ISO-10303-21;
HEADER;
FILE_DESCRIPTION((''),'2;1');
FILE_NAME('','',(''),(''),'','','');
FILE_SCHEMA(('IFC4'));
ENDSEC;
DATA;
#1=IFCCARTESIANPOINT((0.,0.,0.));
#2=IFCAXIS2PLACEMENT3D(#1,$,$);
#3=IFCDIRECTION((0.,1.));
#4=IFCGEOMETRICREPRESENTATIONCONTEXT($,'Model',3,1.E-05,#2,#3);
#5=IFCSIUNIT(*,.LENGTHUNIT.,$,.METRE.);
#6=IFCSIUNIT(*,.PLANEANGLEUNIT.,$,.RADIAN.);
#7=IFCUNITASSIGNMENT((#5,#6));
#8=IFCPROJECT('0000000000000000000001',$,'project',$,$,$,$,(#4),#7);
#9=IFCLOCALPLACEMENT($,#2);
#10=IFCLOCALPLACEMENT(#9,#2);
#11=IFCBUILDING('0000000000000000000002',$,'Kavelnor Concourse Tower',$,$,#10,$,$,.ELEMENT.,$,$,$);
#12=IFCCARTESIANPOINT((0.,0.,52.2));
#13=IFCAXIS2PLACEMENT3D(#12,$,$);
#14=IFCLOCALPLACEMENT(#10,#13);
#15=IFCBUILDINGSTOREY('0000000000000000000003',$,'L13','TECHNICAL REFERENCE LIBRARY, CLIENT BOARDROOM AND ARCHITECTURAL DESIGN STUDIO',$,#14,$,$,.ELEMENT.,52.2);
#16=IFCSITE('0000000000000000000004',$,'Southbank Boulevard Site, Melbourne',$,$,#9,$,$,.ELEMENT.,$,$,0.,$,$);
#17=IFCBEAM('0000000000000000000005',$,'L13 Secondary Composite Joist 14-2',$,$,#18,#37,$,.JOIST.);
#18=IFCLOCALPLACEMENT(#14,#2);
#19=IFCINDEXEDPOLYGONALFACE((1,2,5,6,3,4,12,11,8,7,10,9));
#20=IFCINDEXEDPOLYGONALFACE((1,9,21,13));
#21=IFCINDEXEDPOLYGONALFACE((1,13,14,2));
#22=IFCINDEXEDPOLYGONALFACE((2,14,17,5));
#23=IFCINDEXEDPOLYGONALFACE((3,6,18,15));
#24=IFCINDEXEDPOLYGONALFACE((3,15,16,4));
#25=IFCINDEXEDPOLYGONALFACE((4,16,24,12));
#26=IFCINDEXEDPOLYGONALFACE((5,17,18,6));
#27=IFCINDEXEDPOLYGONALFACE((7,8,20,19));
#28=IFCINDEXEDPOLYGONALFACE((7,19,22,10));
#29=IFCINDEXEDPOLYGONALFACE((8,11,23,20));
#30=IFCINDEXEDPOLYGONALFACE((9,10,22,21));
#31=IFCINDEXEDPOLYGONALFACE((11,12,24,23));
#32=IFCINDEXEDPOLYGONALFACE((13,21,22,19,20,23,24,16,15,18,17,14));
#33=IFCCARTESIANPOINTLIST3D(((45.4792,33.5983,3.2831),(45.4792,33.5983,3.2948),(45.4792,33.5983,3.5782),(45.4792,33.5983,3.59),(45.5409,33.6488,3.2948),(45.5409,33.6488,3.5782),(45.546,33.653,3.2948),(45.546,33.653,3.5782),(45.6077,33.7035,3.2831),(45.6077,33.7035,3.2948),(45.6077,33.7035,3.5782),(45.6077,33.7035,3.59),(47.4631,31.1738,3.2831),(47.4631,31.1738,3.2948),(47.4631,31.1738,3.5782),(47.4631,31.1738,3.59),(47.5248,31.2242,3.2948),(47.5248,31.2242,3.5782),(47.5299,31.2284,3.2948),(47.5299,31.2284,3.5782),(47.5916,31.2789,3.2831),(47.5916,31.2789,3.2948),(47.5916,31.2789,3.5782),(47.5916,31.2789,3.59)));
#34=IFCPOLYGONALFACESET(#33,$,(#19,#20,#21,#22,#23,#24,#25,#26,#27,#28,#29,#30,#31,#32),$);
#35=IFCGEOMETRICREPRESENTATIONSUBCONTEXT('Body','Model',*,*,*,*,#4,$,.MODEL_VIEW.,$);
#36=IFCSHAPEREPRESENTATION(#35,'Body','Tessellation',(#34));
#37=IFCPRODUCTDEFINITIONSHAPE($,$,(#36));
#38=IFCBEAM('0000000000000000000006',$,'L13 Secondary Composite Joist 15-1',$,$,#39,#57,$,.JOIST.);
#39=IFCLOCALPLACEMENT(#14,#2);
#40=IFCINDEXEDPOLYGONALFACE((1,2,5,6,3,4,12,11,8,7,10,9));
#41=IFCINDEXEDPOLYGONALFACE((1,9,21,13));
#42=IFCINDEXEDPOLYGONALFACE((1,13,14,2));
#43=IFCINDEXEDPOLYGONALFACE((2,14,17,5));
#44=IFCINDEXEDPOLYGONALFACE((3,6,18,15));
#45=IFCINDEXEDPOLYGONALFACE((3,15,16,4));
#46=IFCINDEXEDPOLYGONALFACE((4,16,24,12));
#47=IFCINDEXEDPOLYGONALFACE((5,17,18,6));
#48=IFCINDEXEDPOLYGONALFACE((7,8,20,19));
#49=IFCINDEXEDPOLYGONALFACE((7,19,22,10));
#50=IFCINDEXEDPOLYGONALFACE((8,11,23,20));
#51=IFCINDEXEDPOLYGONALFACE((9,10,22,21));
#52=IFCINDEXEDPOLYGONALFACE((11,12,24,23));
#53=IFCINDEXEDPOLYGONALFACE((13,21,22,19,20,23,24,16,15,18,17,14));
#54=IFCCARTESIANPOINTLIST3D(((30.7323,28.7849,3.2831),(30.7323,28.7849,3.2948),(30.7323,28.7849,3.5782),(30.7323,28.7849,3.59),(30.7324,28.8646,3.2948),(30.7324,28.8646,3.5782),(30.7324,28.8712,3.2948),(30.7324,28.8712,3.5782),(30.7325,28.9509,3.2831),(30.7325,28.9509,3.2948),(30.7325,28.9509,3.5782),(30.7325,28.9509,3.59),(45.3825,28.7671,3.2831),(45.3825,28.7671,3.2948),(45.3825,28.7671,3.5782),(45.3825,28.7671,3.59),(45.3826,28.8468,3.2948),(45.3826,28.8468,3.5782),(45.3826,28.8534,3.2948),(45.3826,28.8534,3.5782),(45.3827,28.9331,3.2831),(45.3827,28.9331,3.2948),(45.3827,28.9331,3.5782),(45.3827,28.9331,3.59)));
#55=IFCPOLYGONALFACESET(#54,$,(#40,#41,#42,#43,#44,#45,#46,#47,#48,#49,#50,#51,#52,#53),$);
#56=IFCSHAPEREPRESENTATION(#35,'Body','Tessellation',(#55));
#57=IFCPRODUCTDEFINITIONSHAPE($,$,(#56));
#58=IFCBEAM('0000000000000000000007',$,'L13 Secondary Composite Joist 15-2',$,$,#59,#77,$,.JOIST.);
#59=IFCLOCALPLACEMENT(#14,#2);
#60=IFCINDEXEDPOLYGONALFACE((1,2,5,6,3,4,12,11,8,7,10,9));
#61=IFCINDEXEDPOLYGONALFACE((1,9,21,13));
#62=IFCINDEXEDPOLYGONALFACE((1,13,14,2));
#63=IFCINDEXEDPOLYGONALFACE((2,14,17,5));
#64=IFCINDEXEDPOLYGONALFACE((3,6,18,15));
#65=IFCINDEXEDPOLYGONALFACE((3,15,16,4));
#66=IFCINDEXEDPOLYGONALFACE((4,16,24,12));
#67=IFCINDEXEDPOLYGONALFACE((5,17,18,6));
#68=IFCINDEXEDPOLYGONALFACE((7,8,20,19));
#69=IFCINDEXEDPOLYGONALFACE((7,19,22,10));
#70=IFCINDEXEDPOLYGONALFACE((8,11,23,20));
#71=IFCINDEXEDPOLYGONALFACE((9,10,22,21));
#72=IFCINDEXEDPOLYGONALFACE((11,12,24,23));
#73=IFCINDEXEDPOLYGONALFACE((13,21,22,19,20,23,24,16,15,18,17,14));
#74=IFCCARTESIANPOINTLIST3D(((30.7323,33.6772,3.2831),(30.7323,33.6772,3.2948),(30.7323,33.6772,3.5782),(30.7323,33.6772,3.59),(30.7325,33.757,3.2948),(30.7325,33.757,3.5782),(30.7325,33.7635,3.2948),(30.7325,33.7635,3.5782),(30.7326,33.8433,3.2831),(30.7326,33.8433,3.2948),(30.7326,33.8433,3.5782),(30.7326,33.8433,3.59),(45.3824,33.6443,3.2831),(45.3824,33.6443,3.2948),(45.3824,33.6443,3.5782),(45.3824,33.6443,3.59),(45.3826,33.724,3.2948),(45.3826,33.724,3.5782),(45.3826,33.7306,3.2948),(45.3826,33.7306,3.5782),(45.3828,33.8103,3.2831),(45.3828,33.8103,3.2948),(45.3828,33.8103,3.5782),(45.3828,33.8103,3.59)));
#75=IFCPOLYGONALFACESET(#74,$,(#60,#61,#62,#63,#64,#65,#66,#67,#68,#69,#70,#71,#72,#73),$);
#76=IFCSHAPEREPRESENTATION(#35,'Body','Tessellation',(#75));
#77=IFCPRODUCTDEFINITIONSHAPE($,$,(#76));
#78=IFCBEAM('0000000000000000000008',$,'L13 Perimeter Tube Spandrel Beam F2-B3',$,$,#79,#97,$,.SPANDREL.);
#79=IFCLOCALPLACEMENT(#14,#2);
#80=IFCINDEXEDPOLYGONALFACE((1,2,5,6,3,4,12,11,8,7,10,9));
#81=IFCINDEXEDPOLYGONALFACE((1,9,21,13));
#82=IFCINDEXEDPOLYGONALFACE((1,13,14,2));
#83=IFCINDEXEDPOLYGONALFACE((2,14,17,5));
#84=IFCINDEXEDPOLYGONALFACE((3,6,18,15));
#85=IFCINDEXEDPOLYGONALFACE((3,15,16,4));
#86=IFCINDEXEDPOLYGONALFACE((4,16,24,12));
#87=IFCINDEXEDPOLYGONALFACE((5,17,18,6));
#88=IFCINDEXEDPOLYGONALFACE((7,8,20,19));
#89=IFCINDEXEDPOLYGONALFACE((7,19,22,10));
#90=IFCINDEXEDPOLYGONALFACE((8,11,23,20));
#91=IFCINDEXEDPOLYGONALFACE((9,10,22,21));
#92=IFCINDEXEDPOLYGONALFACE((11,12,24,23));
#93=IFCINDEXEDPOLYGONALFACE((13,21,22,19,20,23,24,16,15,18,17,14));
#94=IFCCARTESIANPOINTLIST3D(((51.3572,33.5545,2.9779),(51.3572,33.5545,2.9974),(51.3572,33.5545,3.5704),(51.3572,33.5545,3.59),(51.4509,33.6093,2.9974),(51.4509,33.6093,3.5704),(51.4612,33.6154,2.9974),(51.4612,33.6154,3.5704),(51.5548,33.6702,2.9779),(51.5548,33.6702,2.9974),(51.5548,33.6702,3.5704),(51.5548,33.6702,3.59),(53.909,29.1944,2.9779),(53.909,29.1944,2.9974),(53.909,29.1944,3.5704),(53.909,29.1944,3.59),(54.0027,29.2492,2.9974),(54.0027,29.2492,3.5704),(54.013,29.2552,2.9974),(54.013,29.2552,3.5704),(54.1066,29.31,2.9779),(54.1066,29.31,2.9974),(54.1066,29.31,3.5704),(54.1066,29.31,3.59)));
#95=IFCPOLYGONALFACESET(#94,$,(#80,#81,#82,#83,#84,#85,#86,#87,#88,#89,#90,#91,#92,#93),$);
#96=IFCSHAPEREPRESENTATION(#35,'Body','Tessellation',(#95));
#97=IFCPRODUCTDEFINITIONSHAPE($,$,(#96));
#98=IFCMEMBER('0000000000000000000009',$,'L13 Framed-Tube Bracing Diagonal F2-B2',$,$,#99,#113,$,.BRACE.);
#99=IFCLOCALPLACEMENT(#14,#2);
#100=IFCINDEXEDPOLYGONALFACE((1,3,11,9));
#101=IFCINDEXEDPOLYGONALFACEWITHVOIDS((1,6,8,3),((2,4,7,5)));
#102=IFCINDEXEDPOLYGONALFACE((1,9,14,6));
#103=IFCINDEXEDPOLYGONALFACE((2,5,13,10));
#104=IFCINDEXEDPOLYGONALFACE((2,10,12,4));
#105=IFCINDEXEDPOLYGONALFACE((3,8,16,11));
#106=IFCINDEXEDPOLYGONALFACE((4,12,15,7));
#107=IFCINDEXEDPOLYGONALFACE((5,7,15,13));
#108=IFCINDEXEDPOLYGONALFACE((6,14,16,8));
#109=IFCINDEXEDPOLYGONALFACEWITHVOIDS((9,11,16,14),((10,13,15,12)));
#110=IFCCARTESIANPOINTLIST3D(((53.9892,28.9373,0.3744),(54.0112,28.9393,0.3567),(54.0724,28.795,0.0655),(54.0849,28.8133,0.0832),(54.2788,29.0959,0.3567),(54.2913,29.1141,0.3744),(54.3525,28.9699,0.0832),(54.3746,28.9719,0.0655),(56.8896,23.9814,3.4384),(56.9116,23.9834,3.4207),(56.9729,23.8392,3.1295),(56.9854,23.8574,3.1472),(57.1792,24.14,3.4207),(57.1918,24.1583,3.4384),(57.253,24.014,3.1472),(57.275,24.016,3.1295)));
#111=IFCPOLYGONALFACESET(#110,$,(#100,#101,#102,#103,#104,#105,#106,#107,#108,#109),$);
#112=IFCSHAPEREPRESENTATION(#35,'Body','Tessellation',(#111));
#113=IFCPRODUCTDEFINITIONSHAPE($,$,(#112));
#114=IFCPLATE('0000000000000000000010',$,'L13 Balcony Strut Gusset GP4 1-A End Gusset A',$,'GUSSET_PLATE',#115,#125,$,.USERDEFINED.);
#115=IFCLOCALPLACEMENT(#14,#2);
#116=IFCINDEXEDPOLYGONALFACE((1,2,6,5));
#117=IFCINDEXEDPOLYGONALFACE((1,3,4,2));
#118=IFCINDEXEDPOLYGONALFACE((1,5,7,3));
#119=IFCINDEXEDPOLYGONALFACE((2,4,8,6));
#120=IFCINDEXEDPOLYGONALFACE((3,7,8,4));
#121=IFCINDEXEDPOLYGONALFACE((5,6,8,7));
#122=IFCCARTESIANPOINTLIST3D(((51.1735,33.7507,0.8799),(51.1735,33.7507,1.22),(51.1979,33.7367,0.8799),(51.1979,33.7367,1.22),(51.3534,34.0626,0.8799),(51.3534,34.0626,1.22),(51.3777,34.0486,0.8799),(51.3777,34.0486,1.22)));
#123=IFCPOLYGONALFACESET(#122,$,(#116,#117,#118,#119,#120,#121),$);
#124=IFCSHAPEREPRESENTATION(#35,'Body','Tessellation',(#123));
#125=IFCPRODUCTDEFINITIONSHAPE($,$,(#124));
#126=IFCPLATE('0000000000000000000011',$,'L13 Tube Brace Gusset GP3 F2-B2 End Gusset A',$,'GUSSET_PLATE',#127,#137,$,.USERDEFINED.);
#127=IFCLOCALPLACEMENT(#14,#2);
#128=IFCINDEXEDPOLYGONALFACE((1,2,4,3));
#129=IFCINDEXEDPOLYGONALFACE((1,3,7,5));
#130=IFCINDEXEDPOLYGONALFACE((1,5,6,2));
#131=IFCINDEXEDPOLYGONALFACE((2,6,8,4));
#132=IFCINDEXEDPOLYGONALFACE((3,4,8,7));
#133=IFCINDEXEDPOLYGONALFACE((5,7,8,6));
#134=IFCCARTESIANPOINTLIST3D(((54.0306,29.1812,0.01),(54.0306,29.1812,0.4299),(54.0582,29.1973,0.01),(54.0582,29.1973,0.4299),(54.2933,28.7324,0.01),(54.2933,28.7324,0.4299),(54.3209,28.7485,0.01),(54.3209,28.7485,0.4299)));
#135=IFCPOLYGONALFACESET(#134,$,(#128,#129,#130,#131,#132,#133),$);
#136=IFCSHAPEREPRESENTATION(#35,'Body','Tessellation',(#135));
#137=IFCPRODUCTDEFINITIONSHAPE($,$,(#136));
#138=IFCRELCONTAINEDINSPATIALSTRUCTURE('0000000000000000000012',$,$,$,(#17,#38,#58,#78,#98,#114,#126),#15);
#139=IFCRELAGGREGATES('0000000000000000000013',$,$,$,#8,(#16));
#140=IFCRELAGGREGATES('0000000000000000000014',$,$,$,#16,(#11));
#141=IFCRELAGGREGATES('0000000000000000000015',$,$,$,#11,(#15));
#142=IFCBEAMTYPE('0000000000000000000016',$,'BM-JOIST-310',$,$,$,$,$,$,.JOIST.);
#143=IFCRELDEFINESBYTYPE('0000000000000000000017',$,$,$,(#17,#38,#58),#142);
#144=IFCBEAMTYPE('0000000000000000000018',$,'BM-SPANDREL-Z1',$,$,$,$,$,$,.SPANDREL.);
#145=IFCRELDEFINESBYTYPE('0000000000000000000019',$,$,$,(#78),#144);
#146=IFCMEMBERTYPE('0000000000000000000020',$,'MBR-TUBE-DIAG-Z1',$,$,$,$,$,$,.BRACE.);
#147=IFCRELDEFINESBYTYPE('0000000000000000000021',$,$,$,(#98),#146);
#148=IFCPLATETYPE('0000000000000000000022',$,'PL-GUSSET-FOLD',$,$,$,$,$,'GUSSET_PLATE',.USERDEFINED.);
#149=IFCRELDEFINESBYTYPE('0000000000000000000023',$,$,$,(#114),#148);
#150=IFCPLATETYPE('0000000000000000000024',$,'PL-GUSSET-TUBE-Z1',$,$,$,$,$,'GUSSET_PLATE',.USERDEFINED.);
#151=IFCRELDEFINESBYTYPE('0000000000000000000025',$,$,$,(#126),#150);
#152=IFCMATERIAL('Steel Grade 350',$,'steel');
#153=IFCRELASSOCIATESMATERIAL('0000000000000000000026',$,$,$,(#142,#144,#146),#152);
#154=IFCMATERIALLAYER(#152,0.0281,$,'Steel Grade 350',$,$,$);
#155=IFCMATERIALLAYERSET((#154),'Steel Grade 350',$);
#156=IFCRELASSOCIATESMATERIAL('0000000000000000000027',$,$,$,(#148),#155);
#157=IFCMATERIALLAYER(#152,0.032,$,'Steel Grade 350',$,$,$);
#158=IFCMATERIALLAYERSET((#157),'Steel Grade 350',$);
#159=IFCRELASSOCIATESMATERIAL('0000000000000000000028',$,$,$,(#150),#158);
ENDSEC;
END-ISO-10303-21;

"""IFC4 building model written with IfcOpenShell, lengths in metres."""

from ifc_helpers import new_model, si_unit, direction, frame, origin, origin_2d, place, context, subcontext, project, spatial, rectangle, hollow_rectangle, i_section, extrude, material, layer, layer_set, material_profile, profile_set, type_object, element, save


model = new_model("IFC4")

# Units and contexts
model_context = context("Model", 3, precision=1e-05, world=origin(), true_north=direction((0.0, 1.0)))
body_context = subcontext(model_context, "Body", "Model", "MODEL_VIEW")
ifc_project = project(units=[si_unit("LENGTHUNIT", "METRE"), si_unit("PLANEANGLEUNIT", "RADIAN")], contexts=[model_context])

# Site, building, storey
site_placement = place(None, origin())
site = spatial("IfcSite", under=ifc_project, at=site_placement, Name="Southbank Boulevard Site, Melbourne", CompositionType="ELEMENT", RefElevation=0.0)
building_placement = place(site_placement, origin())
building = spatial("IfcBuilding", under=site, at=building_placement, Name="Kavelnor Concourse Tower", CompositionType="ELEMENT")
storey_placement = place(building_placement, frame((0.0, 0.0, 52.2)))
storey = spatial("IfcBuildingStorey", under=building, at=storey_placement, Name="L13", Description="TECHNICAL REFERENCE LIBRARY, CLIENT BOARDROOM AND ARCHITECTURAL DESIGN STUDIO", CompositionType="ELEMENT", Elevation=52.2)

# Shared definitions
ifc_material = material(Name="Steel Grade 350", Category="steel")

# Beams
ifc_material_profile_1 = material_profile(ifc_material, i_section(OverallWidth=0.166, OverallDepth=0.3069, WebThickness=0.0066, FlangeThickness=0.0117, at=origin_2d()), Name="310UB46")
ifc_profile_set_1 = profile_set([ifc_material_profile_1], Name="Steel Grade 350")
beam_type_1 = type_object("IfcBeamType", Name="BM-JOIST-310", PredefinedType="JOIST", material=ifc_profile_set_1)
beam_1_placement = place(storey_placement, frame((47.5273, 31.2263, 3.4365), z_axis=(-0.633267, 0.773933, 0.0), x_axis=(-0.773933, -0.633267, 0.0)))
element("IfcBeam", 1, at=beam_1_placement, inside=storey, type_object=beam_type_1, Name="L13 Secondary Composite Joist 14-2", PredefinedType="JOIST", context=body_context, shape_type="SweptSolid", body=[
    extrude(i_section(OverallWidth=0.166, OverallDepth=0.3069, WebThickness=0.0066, FlangeThickness=0.0117, at=origin_2d()), origin(), (0.0, 0.0, 1.0), 3.1328),
])
for number, where, z_axis, x_axis, name in (
    (2, (45.3826, 28.8501, 3.4365), (-0.999999, 0.001217, 0.0), (-0.001217, -0.999999, 0.0), "L13 Secondary Composite Joist 15-1"),
    (3, (45.3826, 33.7273, 3.4365), (-0.999997, 0.00225, 0.0), (-0.00225, -0.999997, 0.0), "L13 Secondary Composite Joist 15-2"),
):
    element("IfcBeam", number, at=place(storey_placement, frame(where, z_axis=z_axis, x_axis=x_axis)), inside=storey, type_object=beam_type_1, Name=name, PredefinedType="JOIST", context=body_context, shape_type="SweptSolid", body=[
        extrude(i_section(OverallWidth=0.166, OverallDepth=0.3069, WebThickness=0.0066, FlangeThickness=0.0117, at=origin_2d()), origin(), (0.0, 0.0, 1.0), 14.6501),
    ])
ifc_material_profile_2 = material_profile(ifc_material, i_section(OverallWidth=0.229, OverallDepth=0.6121, WebThickness=0.012, FlangeThickness=0.0195, at=origin_2d()), Name="610UB125")
ifc_profile_set_2 = profile_set([ifc_material_profile_2], Name="Steel Grade 350")
beam_type_2 = type_object("IfcBeamType", Name="BM-SPANDREL-Z1", PredefinedType="SPANDREL", material=ifc_profile_set_2)
beam_2_placement = place(storey_placement, frame((54.0078, 29.2522, 3.2839), z_axis=(-0.505105, 0.863058, 0.0), x_axis=(-0.863058, -0.505105, 0.0)))
element("IfcBeam", 4, at=beam_2_placement, inside=storey, type_object=beam_type_2, Name="L13 Perimeter Tube Spandrel Beam F2-B3", PredefinedType="SPANDREL", context=body_context, shape_type="SweptSolid", body=[
    extrude(i_section(OverallWidth=0.229, OverallDepth=0.6121, WebThickness=0.012, FlangeThickness=0.0195, at=origin_2d()), origin(), (0.0, 0.0, 1.0), 5.052),
])

# Member
ifc_material_profile_3 = material_profile(ifc_material, hollow_rectangle(XDim=0.3501, YDim=0.3501, WallThickness=0.02, at=origin_2d()), Name="SHS 350x350x20")
ifc_profile_set_3 = profile_set([ifc_material_profile_3], Name="Steel Grade 350")
member_type = type_object("IfcMemberType", Name="MBR-TUBE-DIAG-Z1", PredefinedType="BRACE", material=ifc_profile_set_3)
member_placement = place(storey_placement, frame((54.1819, 28.9546, 0.22), z_axis=(0.445633, -0.76144, 0.470766), x_axis=(0.863058, 0.505105, 0.0)))
element("IfcMember", 5, at=member_placement, inside=storey, type_object=member_type, Name="L13 Framed-Tube Bracing Diagonal F2-B2", PredefinedType="BRACE", context=body_context, shape_type="SweptSolid", body=[
    extrude(hollow_rectangle(XDim=0.3501, YDim=0.3501, WallThickness=0.02, at=origin_2d()), origin(), (0.0, 0.0, 1.0), 6.5085),
])

# Plates
ifc_layer_1 = layer(ifc_material, 0.0281, Name="Steel Grade 350")
ifc_layer_set_1 = layer_set([ifc_layer_1], Name="Steel Grade 350")
plate_type_1 = type_object("IfcPlateType", Name="PL-GUSSET-FOLD", ElementType="GUSSET_PLATE", PredefinedType="USERDEFINED", material=ifc_layer_set_1)
plate_1_placement = place(storey_placement, frame((51.2756, 33.8997, 0.8799), z_axis=(0.0, 0.0, 1.0), x_axis=(0.499546, 0.866287, 0.0)))
element("IfcPlate", 6, at=plate_1_placement, inside=storey, type_object=plate_type_1, Name="L13 Balcony Strut Gusset GP4 1-A End Gusset A", ObjectType="GUSSET_PLATE", PredefinedType="USERDEFINED", context=body_context, shape_type="SweptSolid", body=[
    extrude(rectangle(XDim=0.3601, YDim=0.0281, at=origin_2d()), origin(), (0.0, 0.0, 1.0), 0.3401),
])
ifc_layer_2 = layer(ifc_material, 0.032, Name="Steel Grade 350")
ifc_layer_set_2 = layer_set([ifc_layer_2], Name="Steel Grade 350")
plate_type_2 = type_object("IfcPlateType", Name="PL-GUSSET-TUBE-Z1", ElementType="GUSSET_PLATE", PredefinedType="USERDEFINED", material=ifc_layer_set_2)
plate_2_placement = place(storey_placement, frame((54.1758, 28.9648, 0.01), z_axis=(0.0, 0.0, 1.0), x_axis=(0.50513, -0.863043, 0.0)))
element("IfcPlate", 7, at=plate_2_placement, inside=storey, type_object=plate_type_2, Name="L13 Tube Brace Gusset GP3 F2-B2 End Gusset A", ObjectType="GUSSET_PLATE", PredefinedType="USERDEFINED", context=body_context, shape_type="SweptSolid", body=[
    extrude(rectangle(XDim=0.52, YDim=0.032, at=origin_2d()), origin(), (0.0, 0.0, 1.0), 0.4199),
])

save(model, "model.ifc")
